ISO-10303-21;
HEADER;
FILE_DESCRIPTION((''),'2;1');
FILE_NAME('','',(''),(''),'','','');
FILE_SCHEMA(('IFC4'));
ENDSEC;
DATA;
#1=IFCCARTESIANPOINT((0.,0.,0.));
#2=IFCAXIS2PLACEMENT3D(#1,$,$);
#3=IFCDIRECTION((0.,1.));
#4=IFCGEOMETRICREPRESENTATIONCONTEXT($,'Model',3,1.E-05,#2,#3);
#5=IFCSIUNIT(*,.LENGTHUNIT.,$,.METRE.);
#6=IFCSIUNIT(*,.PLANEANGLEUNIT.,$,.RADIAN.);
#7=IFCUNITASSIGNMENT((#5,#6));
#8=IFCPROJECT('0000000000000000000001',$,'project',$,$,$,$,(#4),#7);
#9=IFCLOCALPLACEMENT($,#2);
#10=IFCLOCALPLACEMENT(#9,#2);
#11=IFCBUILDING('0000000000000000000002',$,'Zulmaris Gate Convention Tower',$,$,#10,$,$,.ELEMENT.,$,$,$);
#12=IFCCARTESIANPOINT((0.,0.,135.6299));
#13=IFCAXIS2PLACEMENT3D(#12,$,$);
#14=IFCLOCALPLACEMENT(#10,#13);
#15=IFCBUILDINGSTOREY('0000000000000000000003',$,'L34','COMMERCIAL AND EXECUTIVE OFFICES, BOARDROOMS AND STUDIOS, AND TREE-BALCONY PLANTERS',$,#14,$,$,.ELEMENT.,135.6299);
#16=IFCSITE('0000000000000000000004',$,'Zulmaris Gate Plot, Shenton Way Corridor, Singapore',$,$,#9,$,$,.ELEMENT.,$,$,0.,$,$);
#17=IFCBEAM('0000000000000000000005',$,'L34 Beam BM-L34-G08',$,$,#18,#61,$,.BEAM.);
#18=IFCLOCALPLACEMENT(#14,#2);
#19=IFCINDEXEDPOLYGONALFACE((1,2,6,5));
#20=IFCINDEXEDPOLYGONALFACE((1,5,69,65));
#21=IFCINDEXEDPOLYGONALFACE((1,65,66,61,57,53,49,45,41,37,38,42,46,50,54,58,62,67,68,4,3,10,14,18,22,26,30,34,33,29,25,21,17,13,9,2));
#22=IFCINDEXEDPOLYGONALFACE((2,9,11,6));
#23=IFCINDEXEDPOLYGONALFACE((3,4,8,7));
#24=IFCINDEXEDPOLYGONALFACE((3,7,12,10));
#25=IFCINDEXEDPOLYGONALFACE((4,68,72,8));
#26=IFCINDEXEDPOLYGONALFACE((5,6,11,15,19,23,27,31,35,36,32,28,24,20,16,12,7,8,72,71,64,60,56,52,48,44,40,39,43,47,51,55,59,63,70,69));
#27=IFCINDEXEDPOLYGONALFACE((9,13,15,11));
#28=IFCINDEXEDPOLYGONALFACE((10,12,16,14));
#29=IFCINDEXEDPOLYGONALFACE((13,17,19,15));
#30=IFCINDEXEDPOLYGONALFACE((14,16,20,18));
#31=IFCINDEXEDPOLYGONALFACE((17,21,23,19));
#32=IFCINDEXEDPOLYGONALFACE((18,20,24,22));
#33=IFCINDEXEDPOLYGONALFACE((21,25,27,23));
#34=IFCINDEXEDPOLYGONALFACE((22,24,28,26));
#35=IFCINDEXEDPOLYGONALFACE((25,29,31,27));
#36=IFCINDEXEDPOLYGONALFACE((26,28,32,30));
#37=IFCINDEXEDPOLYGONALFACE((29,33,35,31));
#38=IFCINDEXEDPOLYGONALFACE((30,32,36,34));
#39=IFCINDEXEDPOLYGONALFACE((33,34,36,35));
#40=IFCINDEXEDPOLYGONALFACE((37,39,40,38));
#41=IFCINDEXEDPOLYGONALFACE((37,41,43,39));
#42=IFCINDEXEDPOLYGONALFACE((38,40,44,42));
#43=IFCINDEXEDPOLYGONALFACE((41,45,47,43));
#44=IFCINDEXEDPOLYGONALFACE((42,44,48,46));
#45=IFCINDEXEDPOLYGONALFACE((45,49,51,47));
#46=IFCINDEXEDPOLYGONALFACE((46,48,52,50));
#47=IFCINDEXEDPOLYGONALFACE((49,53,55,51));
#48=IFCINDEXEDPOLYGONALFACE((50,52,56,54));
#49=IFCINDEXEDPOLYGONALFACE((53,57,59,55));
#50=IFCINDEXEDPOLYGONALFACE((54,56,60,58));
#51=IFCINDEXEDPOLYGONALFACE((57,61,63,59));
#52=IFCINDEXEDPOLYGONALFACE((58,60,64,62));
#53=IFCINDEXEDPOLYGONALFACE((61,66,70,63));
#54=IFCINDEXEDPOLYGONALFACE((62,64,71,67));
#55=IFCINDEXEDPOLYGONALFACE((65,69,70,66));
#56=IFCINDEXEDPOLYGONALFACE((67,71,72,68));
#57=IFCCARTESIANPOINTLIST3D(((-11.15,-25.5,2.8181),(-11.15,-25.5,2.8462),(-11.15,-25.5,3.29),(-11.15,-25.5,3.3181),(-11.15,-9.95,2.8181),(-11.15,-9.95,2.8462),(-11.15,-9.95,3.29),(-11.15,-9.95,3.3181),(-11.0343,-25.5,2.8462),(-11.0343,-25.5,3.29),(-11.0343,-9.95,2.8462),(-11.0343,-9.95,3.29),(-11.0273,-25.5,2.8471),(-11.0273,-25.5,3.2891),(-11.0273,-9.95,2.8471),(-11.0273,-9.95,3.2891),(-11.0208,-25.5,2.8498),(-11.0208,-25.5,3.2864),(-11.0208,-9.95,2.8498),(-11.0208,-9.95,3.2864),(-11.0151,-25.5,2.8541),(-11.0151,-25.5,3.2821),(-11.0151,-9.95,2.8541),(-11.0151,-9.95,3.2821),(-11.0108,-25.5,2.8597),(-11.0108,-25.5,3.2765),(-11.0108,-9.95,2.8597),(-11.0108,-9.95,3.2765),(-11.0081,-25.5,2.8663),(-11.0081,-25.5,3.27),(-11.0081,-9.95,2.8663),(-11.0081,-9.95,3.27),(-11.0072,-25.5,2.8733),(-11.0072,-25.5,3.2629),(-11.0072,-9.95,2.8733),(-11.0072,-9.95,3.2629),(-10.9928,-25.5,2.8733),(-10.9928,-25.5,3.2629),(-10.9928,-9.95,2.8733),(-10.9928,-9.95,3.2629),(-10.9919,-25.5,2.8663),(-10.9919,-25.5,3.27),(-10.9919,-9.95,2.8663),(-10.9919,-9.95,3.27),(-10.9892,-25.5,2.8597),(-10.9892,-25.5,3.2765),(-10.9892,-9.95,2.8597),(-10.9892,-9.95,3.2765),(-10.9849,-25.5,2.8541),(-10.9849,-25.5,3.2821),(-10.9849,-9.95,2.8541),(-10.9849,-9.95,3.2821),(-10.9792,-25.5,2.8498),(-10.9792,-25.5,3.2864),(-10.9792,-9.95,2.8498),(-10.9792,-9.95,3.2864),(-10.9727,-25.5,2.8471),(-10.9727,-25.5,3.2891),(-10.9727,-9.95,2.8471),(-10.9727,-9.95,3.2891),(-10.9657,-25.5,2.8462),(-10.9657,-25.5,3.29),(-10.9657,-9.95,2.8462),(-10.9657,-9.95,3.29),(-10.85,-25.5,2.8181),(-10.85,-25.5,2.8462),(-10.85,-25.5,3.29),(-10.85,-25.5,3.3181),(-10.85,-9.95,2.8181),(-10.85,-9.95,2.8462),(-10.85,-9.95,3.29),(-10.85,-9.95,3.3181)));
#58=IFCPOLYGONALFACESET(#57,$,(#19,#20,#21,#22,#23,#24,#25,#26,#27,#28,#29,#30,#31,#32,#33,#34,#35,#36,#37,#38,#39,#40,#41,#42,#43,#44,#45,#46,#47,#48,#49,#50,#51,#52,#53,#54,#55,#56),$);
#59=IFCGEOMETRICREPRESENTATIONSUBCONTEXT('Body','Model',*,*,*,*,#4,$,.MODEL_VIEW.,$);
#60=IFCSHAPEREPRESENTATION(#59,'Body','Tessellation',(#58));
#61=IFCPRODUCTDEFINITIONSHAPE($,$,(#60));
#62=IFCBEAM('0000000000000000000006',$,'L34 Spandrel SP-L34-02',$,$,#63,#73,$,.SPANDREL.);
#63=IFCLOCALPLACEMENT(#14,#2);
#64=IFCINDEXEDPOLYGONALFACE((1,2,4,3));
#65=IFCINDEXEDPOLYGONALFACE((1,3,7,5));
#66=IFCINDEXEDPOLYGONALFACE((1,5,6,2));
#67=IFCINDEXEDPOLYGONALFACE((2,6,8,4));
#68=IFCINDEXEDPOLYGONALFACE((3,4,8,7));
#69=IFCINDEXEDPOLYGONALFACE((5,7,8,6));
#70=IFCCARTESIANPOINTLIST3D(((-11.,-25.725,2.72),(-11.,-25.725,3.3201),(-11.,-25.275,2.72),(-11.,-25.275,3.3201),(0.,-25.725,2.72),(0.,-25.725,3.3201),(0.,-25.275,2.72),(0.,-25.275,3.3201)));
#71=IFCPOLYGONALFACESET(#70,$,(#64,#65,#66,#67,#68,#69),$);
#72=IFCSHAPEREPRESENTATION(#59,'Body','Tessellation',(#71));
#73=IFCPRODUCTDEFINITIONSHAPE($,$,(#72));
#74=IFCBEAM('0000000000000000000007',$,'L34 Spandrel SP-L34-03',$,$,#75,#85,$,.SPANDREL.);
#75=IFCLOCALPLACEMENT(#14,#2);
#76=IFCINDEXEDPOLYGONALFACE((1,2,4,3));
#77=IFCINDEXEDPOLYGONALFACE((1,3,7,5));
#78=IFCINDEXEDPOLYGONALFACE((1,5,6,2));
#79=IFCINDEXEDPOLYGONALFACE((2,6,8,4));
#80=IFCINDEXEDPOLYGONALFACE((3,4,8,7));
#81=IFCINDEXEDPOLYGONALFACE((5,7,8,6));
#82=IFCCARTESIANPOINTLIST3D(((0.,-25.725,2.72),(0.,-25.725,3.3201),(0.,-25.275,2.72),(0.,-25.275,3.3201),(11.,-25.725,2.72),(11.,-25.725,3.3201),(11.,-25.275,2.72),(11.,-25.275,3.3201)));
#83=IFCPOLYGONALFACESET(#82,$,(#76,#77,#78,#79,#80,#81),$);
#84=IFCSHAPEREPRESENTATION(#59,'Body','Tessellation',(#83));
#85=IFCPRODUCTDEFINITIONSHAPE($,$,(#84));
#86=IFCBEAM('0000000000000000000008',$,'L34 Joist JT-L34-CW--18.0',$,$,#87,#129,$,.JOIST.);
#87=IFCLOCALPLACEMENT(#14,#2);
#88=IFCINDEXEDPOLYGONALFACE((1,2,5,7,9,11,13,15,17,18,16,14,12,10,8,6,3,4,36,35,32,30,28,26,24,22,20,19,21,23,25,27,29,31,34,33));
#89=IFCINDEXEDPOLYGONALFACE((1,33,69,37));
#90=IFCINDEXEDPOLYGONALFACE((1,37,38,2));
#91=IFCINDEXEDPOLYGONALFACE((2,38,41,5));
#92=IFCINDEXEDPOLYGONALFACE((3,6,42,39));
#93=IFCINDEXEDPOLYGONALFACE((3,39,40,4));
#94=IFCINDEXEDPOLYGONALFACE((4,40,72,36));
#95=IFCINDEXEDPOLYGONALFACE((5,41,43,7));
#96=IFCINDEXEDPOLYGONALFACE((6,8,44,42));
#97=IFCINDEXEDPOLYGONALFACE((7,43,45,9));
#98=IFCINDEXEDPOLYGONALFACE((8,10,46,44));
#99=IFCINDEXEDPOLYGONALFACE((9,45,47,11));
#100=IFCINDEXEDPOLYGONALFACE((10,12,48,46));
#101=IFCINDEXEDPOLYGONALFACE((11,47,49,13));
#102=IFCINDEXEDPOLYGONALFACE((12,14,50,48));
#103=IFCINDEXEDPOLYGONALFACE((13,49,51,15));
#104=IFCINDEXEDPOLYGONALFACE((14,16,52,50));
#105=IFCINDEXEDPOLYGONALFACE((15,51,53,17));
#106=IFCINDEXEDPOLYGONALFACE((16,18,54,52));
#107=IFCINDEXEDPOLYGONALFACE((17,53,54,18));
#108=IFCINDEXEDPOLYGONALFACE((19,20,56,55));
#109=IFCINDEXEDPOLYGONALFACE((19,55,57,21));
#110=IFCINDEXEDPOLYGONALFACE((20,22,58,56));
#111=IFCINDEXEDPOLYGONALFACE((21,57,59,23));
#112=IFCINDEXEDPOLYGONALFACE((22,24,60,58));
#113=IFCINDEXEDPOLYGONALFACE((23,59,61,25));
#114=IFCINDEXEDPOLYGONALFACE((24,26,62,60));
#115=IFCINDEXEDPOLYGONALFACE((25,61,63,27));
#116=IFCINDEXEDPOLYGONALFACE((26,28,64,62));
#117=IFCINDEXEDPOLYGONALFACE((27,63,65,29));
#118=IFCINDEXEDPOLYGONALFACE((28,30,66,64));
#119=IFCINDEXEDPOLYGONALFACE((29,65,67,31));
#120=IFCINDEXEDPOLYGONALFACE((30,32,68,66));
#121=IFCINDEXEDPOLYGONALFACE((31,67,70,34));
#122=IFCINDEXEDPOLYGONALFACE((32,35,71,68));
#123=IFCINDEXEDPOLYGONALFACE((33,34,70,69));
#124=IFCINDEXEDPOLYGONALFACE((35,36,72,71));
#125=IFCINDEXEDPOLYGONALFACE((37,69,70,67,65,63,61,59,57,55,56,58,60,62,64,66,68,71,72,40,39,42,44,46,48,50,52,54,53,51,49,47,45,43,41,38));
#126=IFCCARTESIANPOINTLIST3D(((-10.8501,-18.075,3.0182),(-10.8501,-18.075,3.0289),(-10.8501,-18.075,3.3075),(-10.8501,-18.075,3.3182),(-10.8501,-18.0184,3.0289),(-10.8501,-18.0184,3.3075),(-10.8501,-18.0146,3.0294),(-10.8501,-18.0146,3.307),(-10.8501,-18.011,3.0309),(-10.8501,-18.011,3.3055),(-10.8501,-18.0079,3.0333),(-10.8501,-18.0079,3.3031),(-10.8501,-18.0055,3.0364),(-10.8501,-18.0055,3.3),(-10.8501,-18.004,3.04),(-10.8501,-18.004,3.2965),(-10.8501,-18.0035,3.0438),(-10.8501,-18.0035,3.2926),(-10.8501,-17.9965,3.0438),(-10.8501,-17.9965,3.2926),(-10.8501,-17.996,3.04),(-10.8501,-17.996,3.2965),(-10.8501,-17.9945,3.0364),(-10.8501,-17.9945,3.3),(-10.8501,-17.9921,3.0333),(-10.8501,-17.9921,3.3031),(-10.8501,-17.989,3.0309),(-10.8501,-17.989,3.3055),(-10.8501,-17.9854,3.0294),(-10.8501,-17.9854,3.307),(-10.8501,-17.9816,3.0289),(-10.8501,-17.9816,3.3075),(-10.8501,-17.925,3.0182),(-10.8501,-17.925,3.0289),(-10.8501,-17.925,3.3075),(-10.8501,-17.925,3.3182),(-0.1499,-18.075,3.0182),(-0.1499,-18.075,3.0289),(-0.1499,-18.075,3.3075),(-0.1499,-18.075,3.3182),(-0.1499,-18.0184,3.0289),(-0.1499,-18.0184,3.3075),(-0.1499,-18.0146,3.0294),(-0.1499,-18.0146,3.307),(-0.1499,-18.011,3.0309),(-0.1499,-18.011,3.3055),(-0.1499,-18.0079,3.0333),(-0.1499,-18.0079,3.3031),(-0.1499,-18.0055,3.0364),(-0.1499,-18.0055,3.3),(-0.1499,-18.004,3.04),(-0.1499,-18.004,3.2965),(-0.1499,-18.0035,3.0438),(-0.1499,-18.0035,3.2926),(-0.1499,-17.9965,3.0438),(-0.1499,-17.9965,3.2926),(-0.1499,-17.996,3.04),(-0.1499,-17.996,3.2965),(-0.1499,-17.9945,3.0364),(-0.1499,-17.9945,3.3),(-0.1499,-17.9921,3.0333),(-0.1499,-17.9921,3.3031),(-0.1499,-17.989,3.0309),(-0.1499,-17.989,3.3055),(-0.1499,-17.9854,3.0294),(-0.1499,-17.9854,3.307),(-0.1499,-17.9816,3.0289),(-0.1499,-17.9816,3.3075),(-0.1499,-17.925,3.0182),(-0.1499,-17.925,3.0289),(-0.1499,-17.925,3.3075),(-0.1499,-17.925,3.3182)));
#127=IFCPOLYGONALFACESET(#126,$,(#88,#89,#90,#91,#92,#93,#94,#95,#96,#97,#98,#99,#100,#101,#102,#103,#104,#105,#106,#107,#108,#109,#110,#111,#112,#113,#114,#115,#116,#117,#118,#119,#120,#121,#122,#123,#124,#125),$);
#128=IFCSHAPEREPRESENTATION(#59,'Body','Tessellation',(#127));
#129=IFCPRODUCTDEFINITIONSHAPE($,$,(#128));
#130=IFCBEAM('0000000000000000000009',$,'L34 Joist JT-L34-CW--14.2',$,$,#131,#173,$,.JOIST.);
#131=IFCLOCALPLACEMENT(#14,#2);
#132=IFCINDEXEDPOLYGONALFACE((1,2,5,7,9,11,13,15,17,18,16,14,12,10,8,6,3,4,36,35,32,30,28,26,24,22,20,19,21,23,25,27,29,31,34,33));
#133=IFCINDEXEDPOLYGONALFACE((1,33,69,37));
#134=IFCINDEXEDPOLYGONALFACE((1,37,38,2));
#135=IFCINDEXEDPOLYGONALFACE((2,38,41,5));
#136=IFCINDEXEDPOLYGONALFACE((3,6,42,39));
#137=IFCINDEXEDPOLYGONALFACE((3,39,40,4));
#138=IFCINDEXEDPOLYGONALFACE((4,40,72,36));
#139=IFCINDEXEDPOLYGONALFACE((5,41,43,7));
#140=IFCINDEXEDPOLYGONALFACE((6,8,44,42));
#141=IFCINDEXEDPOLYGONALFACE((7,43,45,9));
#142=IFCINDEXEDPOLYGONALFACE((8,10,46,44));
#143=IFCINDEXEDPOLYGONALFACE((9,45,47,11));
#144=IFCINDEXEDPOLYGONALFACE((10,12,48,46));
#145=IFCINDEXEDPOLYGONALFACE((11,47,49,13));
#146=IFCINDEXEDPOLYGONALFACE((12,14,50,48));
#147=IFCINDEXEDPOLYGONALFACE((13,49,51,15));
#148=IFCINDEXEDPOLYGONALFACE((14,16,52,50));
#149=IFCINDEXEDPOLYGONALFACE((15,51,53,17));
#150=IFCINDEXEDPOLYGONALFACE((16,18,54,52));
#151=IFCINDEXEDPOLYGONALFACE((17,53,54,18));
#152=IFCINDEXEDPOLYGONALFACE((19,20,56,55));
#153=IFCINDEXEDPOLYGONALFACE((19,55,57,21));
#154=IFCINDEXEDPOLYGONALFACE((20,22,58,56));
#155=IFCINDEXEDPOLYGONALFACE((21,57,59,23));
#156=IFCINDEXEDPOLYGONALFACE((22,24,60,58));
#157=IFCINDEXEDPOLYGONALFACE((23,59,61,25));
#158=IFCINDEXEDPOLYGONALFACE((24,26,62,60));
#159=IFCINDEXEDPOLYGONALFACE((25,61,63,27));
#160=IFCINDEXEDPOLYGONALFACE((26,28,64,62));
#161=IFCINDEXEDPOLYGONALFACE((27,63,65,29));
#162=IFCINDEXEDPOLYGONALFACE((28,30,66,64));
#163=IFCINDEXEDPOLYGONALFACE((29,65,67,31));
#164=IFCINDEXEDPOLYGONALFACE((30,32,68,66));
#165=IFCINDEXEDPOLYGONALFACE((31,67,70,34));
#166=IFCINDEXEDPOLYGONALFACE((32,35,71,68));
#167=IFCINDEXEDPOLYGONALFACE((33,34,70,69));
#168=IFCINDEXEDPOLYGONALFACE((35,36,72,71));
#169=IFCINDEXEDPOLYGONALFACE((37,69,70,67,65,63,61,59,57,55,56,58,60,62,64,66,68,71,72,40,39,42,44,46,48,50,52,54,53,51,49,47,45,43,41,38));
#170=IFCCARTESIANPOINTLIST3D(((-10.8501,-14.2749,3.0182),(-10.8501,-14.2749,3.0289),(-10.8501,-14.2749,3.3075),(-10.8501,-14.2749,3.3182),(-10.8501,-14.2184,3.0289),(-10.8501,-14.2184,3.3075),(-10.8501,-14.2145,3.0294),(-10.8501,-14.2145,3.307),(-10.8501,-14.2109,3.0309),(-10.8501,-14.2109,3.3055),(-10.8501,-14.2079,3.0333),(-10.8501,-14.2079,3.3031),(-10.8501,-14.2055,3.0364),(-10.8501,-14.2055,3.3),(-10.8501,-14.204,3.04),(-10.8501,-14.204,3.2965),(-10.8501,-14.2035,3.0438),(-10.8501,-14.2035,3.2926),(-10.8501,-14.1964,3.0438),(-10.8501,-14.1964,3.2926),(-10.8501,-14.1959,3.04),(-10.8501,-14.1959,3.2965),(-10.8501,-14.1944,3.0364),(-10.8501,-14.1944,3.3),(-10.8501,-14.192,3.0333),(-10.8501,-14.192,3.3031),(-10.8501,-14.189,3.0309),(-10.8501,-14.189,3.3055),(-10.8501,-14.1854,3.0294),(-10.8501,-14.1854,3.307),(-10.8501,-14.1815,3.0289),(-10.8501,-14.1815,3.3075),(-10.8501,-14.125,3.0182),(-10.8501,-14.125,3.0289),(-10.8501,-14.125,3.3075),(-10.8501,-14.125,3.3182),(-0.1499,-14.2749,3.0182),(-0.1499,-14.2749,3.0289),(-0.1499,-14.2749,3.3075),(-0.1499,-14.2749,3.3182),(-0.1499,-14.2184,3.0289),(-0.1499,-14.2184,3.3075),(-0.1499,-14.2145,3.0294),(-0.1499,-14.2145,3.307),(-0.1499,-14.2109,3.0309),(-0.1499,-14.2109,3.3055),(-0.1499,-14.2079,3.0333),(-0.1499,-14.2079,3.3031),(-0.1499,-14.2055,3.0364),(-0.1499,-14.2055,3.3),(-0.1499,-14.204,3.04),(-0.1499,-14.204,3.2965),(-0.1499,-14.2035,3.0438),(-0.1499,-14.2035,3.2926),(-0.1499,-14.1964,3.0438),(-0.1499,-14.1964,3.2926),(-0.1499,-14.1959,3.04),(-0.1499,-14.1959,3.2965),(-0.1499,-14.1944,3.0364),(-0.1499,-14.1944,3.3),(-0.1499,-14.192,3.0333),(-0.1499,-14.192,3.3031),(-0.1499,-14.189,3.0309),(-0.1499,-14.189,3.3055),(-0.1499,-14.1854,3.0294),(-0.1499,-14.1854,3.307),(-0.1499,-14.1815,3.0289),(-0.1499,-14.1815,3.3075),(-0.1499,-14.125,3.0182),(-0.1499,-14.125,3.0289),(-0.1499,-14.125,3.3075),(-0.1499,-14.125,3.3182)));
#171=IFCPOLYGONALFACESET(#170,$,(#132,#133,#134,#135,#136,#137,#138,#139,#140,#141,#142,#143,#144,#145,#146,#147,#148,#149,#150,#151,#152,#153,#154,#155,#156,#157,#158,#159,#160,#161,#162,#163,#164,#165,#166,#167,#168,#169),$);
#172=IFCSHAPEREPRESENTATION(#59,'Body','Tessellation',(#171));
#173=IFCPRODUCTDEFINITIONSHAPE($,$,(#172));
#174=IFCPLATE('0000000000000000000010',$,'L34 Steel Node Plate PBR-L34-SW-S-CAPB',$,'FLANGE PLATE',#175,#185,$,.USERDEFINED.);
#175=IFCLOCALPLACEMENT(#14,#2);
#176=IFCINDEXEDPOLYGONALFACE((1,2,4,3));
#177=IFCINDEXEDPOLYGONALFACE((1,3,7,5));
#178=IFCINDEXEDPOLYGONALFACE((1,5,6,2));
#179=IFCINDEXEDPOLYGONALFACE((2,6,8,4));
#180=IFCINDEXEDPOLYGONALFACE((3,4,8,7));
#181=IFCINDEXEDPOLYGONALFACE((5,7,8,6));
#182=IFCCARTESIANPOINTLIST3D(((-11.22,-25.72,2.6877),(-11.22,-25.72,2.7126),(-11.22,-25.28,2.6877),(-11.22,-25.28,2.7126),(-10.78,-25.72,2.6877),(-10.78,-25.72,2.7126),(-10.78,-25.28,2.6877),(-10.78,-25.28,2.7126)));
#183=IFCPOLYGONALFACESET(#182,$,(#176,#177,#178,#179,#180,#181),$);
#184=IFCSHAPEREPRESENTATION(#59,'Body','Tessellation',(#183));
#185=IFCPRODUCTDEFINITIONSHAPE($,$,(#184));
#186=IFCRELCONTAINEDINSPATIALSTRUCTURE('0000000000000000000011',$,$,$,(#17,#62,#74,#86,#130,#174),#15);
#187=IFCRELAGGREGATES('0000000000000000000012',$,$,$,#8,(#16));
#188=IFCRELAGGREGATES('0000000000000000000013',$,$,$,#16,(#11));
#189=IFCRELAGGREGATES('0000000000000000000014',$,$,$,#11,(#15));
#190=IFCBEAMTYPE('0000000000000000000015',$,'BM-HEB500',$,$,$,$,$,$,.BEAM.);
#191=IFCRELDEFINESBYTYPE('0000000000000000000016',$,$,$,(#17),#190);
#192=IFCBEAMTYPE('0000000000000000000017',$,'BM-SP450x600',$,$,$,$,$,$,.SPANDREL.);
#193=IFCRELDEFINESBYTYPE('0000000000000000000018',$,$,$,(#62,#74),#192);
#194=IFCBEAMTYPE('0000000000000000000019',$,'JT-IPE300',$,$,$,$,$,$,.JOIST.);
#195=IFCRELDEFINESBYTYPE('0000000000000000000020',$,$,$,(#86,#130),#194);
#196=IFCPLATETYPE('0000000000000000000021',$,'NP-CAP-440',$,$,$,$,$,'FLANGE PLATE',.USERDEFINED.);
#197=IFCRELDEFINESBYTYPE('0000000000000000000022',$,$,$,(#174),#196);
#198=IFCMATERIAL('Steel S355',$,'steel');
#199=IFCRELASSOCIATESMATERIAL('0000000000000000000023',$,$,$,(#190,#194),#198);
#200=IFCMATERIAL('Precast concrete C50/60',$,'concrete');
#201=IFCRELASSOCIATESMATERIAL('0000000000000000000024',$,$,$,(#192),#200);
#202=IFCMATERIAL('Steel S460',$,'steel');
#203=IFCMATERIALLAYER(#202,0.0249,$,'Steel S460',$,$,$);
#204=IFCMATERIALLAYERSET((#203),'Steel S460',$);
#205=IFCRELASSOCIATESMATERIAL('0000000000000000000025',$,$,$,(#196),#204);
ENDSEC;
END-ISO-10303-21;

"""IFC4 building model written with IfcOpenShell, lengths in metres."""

from ifc_helpers import new_model, si_unit, direction, frame, origin, origin_2d, place, context, subcontext, project, spatial, rectangle, i_section, extrude, material, layer, layer_set, material_profile, profile_set, type_object, element, save


model = new_model("IFC4")

# Units and contexts
model_context = context("Model", 3, precision=1e-05, world=origin(), true_north=direction((0.0, 1.0)))
body_context = subcontext(model_context, "Body", "Model", "MODEL_VIEW")
ifc_project = project(units=[si_unit("LENGTHUNIT", "METRE"), si_unit("PLANEANGLEUNIT", "RADIAN")], contexts=[model_context])

# Site, building, storey
site_placement = place(None, origin())
site = spatial("IfcSite", under=ifc_project, at=site_placement, Name="Zulmaris Gate Plot, Shenton Way Corridor, Singapore", CompositionType="ELEMENT", RefElevation=0.0)
building_placement = place(site_placement, origin())
building = spatial("IfcBuilding", under=site, at=building_placement, Name="Zulmaris Gate Convention Tower", CompositionType="ELEMENT")
storey_placement = place(building_placement, frame((0.0, 0.0, 135.6299)))
storey = spatial("IfcBuildingStorey", under=building, at=storey_placement, Name="L34", Description="COMMERCIAL AND EXECUTIVE OFFICES, BOARDROOMS AND STUDIOS, AND TREE-BALCONY PLANTERS", CompositionType="ELEMENT", Elevation=135.6299)

# Beams
ifc_material_1 = material(Name="Steel S355", Category="steel")
ifc_material_profile_1 = material_profile(ifc_material_1, i_section(OverallWidth=0.3, OverallDepth=0.5, WebThickness=0.0144, FlangeThickness=0.0281, FilletRadius=0.0271, at=origin_2d()), Name="HEB 500")
ifc_profile_set_1 = profile_set([ifc_material_profile_1], Name="Steel S355")
beam_type_1 = type_object("IfcBeamType", Name="BM-HEB500", PredefinedType="BEAM", material=ifc_profile_set_1)
beam_1_placement = place(storey_placement, frame((-11.0, -25.5, 3.0681), z_axis=(0.0, 1.0, 0.0), x_axis=(-1.0, 0.0, 0.0)))
element("IfcBeam", 1, at=beam_1_placement, inside=storey, type_object=beam_type_1, Name="L34 Beam BM-L34-G08", PredefinedType="BEAM", context=body_context, shape_type="SweptSolid", body=[
    extrude(i_section(OverallWidth=0.3, OverallDepth=0.5, WebThickness=0.0144, FlangeThickness=0.0281, FilletRadius=0.0271, at=origin_2d()), origin(), (0.0, 0.0, 1.0), 15.55),
])
ifc_material_2 = material(Name="Precast concrete C50/60", Category="concrete")
ifc_material_profile_2 = material_profile(ifc_material_2, rectangle(XDim=0.45, YDim=0.6001, at=origin_2d()), Name="RC SPANDREL 450x600")
ifc_profile_set_2 = profile_set([ifc_material_profile_2], Name="Precast concrete C50/60")
beam_type_2 = type_object("IfcBeamType", Name="BM-SP450x600", PredefinedType="SPANDREL", material=ifc_profile_set_2)
for number, where, z_axis, x_axis, name in (
    (2, (-11.0, -25.5, 3.02), (1.0, 0.0, 0.0), (0.0, 1.0, 0.0), "L34 Spandrel SP-L34-02"),
    (3, (0.0, -25.5, 3.02), (1.0, 0.0, 0.0), (0.0, 1.0, 0.0), "L34 Spandrel SP-L34-03"),
):
    element("IfcBeam", number, at=place(storey_placement, frame(where, z_axis=z_axis, x_axis=x_axis)), inside=storey, type_object=beam_type_2, Name=name, PredefinedType="SPANDREL", context=body_context, shape_type="SweptSolid", body=[
        extrude(rectangle(XDim=0.45, YDim=0.6001, at=origin_2d()), origin(), (0.0, 0.0, 1.0), 11.0),
    ])
ifc_material_profile_3 = material_profile(ifc_material_1, i_section(OverallWidth=0.1499, OverallDepth=0.3, WebThickness=0.0071, FlangeThickness=0.0107, FilletRadius=0.0149, at=origin_2d()), Name="IPE 300")
ifc_profile_set_3 = profile_set([ifc_material_profile_3], Name="Steel S355")
beam_type_3 = type_object("IfcBeamType", Name="JT-IPE300", PredefinedType="JOIST", material=ifc_profile_set_3)
for number, where, z_axis, x_axis, name in (
    (4, (-10.8501, -18.0, 3.1682), (1.0, 0.0, 0.0), (0.0, 1.0, 0.0), "L34 Joist JT-L34-CW--18.0"),
    (5, (-10.8501, -14.2, 3.1682), (1.0, 0.0, 0.0), (0.0, 1.0, 0.0), "L34 Joist JT-L34-CW--14.2"),
):
    element("IfcBeam", number, at=place(storey_placement, frame(where, z_axis=z_axis, x_axis=x_axis)), inside=storey, type_object=beam_type_3, Name=name, PredefinedType="JOIST", context=body_context, shape_type="SweptSolid", body=[
        extrude(i_section(OverallWidth=0.1499, OverallDepth=0.3, WebThickness=0.0071, FlangeThickness=0.0107, FilletRadius=0.0149, at=origin_2d()), origin(), (0.0, 0.0, 1.0), 10.7002),
    ])

# Plate
ifc_material_3 = material(Name="Steel S460", Category="steel")
ifc_layer_1 = layer(ifc_material_3, 0.0249, Name="Steel S460")
ifc_layer_set_1 = layer_set([ifc_layer_1], Name="Steel S460")
plate_type = type_object("IfcPlateType", Name="NP-CAP-440", ElementType="FLANGE PLATE", PredefinedType="USERDEFINED", material=ifc_layer_set_1)
plate_placement = place(storey_placement, frame((-11.0, -25.5, 2.6877), z_axis=(0.0, 0.0, 1.0), x_axis=(1.0, 0.0, 0.0)))
element("IfcPlate", 6, at=plate_placement, inside=storey, type_object=plate_type, Name="L34 Steel Node Plate PBR-L34-SW-S-CAPB", ObjectType="FLANGE PLATE", PredefinedType="USERDEFINED", context=body_context, shape_type="SweptSolid", body=[
    extrude(rectangle(XDim=0.4399, YDim=0.4399, at=origin_2d()), origin(), (0.0, 0.0, 1.0), 0.0249),
])

save(model, "model.ifc")
